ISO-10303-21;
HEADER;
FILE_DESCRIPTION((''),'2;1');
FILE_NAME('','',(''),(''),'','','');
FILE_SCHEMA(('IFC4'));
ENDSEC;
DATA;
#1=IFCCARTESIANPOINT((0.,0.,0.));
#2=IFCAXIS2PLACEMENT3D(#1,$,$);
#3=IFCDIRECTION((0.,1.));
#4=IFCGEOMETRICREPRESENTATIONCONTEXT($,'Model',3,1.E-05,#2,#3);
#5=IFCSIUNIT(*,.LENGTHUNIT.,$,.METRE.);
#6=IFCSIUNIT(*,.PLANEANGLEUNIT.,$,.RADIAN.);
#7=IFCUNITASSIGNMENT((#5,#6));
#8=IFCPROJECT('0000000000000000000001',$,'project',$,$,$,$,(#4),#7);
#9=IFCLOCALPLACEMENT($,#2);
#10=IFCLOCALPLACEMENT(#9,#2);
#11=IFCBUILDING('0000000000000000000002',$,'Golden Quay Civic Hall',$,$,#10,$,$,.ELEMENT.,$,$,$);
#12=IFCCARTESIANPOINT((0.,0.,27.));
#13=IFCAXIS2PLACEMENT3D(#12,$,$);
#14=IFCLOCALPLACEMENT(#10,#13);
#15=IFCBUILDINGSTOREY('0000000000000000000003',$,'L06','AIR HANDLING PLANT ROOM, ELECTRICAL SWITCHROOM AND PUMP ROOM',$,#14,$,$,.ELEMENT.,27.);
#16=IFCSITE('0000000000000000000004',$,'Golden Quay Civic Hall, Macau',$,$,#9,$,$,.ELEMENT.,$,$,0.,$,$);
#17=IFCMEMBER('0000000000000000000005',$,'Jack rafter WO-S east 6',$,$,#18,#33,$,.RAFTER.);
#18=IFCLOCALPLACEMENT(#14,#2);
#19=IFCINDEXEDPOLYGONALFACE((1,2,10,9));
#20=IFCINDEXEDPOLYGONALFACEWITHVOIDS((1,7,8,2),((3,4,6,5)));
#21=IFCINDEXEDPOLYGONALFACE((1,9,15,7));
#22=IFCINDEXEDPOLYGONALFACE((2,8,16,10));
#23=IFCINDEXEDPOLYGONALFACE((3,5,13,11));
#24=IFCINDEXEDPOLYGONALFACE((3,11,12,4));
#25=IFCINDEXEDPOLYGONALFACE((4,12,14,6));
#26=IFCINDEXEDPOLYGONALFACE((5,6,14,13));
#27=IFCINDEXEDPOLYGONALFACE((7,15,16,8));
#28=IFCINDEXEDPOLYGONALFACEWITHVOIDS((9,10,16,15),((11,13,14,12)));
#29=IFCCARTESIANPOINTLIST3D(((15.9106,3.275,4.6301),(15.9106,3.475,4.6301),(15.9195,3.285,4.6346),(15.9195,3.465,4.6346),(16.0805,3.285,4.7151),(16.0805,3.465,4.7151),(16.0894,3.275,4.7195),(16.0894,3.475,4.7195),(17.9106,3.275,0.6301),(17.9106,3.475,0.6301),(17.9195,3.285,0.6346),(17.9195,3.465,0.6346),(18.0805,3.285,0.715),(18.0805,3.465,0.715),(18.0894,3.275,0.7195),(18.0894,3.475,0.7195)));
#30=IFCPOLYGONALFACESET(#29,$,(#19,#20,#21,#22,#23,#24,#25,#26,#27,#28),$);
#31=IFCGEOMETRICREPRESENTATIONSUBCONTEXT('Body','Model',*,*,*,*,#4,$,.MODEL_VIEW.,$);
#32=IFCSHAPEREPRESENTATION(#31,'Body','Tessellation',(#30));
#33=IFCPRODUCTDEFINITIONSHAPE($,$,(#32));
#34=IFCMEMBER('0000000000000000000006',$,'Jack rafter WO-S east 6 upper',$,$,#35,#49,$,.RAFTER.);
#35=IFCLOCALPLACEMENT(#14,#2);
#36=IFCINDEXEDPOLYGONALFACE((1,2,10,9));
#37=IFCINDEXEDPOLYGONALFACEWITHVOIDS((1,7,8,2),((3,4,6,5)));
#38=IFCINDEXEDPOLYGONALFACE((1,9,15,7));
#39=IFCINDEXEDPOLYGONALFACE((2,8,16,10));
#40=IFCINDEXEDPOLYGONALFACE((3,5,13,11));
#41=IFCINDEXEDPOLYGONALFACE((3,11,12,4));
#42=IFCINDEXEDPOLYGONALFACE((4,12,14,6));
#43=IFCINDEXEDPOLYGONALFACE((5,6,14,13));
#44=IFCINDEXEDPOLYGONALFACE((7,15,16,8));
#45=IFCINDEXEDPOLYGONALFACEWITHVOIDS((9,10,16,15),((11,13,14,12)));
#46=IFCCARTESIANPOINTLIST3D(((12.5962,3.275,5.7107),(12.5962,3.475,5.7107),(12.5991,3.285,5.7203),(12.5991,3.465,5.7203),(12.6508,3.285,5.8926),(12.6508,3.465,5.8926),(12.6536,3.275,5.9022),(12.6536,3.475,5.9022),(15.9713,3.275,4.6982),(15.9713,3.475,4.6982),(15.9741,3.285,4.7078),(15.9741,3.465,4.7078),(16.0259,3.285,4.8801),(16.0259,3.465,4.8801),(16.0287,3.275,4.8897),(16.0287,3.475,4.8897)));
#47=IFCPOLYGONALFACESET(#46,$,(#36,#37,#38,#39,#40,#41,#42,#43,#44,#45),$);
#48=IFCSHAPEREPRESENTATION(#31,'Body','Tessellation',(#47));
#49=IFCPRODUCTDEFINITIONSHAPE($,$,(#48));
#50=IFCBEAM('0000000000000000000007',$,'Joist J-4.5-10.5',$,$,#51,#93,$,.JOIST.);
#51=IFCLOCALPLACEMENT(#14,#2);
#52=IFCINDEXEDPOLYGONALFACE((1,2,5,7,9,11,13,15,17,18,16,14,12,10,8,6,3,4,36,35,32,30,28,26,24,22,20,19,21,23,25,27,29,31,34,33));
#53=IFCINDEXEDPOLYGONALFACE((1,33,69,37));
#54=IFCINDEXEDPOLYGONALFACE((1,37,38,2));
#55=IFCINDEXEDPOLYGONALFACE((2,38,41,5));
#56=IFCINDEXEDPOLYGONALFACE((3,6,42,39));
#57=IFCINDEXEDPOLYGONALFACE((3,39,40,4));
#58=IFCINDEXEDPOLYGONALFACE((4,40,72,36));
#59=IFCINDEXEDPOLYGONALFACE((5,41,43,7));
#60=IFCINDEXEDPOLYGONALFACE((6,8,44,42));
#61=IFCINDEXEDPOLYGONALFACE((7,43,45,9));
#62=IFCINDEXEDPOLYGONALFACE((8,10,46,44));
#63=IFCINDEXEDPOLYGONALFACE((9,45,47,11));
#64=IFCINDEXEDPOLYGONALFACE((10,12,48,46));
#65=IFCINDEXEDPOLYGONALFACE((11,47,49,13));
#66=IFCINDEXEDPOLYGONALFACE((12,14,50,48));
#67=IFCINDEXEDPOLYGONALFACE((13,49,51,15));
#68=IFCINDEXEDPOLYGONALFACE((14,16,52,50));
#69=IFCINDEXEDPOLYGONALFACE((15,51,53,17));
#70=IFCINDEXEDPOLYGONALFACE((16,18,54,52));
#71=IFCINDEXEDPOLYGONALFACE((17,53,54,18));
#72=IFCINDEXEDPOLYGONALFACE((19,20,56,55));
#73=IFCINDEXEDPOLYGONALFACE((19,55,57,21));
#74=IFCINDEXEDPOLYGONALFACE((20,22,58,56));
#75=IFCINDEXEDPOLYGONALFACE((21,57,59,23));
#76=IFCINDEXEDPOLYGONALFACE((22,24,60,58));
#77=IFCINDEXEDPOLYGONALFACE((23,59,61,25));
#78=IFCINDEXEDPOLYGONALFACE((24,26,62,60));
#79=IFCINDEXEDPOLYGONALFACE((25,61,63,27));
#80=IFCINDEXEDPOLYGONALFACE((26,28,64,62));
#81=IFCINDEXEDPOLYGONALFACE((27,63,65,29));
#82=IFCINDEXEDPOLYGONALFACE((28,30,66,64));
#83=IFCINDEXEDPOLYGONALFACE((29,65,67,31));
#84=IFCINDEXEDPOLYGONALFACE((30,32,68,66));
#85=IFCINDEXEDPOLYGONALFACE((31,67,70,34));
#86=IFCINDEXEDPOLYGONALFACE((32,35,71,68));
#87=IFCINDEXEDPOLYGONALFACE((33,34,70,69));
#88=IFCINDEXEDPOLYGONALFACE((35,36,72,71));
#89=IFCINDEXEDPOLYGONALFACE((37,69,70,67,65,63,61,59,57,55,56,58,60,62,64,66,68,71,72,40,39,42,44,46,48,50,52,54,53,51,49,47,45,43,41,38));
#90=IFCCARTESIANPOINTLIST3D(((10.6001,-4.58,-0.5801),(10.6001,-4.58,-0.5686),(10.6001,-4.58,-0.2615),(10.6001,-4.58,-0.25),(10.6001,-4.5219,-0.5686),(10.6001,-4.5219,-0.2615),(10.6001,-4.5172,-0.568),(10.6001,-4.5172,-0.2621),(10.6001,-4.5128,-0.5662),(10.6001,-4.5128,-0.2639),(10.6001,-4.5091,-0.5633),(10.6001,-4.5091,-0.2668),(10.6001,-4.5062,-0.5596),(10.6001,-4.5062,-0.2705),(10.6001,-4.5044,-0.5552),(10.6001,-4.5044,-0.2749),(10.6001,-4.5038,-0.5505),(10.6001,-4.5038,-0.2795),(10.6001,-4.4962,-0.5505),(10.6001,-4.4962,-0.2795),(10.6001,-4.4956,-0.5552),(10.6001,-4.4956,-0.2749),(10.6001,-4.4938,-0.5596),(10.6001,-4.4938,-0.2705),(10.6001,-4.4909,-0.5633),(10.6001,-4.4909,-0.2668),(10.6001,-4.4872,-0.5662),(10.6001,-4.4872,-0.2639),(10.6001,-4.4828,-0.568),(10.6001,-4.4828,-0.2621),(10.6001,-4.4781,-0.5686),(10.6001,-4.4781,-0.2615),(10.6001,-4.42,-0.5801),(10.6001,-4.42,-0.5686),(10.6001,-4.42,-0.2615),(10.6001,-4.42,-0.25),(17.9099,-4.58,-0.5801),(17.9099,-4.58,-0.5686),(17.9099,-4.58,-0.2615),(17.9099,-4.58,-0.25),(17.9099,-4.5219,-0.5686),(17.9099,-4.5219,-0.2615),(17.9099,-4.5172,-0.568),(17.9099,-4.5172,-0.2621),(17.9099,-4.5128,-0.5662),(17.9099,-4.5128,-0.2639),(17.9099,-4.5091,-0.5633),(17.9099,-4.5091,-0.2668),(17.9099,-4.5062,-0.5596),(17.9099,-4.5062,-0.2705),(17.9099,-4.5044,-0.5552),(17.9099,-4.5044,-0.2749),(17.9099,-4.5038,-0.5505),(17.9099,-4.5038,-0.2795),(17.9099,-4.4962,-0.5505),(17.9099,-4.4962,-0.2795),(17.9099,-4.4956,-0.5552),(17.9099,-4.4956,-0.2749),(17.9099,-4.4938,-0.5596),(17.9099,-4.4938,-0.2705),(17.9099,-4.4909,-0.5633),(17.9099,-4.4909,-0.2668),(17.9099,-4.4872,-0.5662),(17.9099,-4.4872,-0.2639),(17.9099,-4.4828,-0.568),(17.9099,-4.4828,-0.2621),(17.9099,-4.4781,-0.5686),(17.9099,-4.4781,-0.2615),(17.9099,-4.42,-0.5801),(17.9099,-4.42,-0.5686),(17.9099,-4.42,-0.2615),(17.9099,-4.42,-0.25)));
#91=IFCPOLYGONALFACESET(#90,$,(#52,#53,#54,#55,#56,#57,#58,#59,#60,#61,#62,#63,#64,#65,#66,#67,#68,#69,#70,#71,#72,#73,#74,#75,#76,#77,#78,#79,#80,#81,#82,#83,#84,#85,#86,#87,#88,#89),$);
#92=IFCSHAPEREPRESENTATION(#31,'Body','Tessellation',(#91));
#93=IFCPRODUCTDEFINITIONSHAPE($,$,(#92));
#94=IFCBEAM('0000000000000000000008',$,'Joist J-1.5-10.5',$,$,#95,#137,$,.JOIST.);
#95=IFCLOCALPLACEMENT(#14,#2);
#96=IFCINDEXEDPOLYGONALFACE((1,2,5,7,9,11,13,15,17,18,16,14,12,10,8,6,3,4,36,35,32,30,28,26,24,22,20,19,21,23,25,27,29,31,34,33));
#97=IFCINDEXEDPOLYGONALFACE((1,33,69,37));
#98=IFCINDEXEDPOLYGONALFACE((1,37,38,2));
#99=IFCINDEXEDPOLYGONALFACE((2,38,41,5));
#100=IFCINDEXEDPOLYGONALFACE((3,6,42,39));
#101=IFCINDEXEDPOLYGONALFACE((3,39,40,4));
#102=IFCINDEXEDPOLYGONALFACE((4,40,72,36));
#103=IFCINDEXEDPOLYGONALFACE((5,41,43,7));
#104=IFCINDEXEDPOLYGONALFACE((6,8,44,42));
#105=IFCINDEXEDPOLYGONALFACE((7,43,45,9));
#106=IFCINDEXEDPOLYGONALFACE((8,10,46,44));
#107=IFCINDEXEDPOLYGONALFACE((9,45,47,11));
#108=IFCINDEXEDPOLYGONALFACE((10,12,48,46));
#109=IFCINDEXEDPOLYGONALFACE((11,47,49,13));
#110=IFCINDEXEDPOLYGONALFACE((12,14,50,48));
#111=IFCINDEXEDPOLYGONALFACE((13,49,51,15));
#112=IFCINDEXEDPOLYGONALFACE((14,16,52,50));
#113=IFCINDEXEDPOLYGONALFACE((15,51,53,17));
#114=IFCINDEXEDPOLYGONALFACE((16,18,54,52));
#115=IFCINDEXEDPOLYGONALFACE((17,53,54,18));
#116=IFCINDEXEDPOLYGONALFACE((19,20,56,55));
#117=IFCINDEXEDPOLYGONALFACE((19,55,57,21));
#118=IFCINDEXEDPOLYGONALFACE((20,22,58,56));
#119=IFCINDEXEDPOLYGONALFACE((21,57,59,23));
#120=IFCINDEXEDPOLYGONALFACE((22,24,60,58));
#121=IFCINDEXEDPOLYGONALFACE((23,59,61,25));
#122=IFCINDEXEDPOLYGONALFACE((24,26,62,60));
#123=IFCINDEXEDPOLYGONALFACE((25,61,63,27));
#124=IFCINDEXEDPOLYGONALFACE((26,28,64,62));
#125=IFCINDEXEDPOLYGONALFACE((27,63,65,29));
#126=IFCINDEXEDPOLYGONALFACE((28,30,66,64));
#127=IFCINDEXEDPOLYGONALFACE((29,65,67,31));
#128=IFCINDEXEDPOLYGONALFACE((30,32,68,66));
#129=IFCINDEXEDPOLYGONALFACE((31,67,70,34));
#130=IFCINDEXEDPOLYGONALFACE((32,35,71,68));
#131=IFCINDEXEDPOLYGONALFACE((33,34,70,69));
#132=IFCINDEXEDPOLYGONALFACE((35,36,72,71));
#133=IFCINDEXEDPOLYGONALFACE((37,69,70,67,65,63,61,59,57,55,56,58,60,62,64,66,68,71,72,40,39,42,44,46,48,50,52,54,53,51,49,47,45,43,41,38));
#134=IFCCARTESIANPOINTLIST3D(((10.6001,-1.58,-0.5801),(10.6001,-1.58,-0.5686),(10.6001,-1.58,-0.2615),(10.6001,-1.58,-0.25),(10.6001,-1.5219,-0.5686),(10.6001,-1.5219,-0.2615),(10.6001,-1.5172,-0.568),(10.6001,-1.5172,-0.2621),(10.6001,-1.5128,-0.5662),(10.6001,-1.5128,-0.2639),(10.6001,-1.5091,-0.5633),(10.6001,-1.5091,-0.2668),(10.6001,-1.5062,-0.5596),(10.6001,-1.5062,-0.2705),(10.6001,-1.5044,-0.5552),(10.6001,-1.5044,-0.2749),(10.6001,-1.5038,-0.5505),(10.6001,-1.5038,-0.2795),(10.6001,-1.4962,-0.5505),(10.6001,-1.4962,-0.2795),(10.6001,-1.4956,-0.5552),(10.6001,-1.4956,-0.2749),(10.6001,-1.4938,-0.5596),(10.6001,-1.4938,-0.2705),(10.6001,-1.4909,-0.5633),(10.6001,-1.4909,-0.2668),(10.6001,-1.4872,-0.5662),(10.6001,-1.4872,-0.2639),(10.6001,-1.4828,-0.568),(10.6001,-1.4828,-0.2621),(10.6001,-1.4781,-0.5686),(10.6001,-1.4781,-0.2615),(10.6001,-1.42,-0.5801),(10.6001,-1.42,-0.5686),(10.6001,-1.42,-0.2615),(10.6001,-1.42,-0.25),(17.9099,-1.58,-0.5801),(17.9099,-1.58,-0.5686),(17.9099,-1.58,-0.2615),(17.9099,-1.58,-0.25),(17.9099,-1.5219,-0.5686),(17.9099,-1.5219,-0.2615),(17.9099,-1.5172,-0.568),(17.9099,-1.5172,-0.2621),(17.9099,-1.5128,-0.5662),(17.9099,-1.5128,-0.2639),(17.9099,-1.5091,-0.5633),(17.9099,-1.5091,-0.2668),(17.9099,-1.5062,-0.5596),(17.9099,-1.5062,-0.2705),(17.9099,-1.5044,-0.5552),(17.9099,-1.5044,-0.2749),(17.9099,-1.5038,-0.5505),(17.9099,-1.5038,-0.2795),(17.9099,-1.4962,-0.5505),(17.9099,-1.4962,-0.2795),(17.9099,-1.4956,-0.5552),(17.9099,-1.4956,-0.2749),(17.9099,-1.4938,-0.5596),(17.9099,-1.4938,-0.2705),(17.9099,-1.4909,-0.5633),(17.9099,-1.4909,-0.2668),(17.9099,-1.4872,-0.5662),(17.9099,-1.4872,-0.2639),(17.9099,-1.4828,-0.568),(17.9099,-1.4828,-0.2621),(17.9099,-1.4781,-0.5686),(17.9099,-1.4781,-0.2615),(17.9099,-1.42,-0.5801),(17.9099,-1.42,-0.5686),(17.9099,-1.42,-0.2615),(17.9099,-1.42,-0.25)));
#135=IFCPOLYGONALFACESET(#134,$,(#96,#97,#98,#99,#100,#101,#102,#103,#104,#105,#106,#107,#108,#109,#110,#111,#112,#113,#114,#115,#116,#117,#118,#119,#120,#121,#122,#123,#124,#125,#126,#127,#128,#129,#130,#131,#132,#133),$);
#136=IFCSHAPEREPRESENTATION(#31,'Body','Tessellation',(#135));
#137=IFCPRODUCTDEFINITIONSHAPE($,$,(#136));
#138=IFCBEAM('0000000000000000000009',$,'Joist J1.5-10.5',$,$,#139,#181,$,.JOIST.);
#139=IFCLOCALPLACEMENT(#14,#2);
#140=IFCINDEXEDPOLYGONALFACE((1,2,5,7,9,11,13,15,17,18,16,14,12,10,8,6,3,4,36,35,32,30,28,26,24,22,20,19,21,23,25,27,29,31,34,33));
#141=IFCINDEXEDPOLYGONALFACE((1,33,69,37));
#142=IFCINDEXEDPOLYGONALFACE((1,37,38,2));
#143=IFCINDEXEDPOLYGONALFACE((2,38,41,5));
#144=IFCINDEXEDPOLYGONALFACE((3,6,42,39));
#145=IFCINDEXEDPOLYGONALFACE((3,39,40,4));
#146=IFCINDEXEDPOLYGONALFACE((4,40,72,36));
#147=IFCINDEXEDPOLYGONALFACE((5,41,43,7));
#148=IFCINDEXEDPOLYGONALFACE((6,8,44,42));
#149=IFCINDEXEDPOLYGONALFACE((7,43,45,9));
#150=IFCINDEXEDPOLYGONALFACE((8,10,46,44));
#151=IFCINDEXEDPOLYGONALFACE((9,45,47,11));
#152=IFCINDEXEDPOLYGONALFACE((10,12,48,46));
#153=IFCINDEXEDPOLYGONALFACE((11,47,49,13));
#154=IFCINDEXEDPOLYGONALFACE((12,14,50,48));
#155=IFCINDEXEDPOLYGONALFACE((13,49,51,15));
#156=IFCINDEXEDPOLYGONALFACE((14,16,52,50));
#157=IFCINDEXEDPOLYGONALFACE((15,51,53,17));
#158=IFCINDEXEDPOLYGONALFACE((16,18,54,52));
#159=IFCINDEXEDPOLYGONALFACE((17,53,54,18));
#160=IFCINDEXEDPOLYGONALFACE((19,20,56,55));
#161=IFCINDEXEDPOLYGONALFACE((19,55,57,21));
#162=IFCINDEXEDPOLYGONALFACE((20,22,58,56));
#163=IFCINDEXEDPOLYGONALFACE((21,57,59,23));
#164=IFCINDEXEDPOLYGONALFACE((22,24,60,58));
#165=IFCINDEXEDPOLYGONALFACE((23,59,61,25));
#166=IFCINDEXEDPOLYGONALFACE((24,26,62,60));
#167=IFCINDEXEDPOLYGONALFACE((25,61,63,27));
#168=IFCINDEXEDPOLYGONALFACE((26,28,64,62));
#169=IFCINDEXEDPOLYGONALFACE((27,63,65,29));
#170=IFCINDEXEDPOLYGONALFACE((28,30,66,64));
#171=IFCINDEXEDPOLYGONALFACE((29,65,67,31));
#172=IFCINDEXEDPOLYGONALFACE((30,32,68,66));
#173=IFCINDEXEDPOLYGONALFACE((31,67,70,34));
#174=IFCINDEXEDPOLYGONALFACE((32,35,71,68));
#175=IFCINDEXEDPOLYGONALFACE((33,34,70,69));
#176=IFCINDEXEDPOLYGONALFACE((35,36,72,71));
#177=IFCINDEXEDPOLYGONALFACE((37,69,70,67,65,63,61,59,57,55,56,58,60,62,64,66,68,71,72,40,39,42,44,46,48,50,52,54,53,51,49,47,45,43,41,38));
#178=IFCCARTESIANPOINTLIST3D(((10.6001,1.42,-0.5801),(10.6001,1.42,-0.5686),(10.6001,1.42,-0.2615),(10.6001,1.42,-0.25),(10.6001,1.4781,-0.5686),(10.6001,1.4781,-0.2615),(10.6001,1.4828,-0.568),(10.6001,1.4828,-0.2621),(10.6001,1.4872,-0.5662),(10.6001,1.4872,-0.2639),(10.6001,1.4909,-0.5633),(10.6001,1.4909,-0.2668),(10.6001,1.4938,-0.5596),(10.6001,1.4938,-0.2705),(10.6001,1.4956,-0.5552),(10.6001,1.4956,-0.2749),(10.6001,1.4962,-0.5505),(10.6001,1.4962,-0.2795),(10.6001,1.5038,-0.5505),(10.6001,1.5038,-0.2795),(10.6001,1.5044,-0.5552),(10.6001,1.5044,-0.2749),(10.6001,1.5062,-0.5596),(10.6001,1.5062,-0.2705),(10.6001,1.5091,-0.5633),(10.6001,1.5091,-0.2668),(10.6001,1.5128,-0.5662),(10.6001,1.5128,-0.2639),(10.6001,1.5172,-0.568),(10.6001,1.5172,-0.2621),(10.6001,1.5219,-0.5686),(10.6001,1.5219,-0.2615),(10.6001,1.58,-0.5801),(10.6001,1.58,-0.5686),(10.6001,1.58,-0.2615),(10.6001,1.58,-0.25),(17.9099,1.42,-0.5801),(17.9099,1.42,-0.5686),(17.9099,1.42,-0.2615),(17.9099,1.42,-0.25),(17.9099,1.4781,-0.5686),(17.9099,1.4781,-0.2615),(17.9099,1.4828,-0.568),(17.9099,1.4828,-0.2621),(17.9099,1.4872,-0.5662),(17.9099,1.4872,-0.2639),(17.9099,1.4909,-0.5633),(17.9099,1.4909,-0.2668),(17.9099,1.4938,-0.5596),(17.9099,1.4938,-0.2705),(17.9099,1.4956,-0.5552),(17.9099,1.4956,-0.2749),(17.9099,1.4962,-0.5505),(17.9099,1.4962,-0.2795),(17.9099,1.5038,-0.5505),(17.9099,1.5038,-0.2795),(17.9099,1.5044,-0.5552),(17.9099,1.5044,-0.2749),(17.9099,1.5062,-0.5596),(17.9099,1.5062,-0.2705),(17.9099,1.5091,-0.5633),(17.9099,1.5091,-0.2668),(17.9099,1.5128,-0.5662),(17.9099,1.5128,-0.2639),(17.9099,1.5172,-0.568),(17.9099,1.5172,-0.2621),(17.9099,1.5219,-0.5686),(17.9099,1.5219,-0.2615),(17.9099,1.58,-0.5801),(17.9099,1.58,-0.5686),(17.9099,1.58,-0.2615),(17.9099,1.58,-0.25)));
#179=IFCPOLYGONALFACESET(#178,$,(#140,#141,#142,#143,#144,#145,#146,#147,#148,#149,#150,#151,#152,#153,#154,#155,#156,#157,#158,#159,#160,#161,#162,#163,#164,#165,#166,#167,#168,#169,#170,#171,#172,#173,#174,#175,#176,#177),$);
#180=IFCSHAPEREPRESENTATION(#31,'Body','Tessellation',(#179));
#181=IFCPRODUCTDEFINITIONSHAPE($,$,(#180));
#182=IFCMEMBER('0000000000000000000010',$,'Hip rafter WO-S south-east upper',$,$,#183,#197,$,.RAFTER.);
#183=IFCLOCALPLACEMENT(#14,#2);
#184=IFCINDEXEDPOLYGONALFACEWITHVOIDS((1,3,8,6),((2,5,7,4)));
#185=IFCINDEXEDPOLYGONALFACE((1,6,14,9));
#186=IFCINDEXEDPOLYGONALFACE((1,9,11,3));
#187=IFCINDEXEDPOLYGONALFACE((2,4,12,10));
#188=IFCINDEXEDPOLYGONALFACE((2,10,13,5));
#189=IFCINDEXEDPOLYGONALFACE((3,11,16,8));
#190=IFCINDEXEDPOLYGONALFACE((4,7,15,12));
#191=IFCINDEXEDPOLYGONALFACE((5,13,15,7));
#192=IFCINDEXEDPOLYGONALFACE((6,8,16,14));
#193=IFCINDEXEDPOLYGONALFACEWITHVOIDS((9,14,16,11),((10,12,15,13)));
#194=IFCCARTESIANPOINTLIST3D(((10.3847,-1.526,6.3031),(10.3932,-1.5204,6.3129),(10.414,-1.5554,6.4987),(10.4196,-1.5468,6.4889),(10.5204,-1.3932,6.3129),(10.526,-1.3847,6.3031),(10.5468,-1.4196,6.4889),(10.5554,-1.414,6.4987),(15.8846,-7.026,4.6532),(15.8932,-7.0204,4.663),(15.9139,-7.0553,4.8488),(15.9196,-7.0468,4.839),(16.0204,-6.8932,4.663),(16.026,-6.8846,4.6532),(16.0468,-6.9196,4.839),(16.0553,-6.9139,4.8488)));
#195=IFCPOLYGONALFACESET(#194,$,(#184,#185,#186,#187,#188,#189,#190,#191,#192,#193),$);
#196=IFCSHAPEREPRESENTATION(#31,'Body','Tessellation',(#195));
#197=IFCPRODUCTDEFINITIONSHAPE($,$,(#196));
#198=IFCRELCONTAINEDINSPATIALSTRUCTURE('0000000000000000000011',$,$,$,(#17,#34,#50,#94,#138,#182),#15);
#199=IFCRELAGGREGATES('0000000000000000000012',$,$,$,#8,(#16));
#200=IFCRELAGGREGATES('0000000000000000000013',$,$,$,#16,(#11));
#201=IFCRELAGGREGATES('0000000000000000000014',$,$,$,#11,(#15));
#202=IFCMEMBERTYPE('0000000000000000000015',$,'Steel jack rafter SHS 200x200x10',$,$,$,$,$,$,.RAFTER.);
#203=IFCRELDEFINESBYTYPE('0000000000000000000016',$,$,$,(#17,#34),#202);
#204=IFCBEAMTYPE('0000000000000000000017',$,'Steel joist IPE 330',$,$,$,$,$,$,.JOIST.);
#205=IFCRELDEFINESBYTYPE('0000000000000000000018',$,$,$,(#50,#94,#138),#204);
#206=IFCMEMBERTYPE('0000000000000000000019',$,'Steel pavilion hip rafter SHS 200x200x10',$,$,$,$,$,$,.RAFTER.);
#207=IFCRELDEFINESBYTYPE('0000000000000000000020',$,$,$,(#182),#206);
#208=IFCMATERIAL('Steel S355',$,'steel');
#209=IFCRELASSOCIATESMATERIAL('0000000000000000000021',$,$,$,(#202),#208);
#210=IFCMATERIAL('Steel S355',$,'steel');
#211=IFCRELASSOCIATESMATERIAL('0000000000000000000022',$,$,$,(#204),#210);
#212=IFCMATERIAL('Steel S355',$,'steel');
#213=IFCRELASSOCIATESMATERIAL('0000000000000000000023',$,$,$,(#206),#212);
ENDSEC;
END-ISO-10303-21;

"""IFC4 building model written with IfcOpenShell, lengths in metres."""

from ifc_helpers import new_model, si_unit, direction, frame, origin, origin_2d, place, context, subcontext, project, spatial, hollow_rectangle, i_section, extrude, material, material_profile, profile_set, type_object, element, save


model = new_model("IFC4")

# Units and contexts
model_context = context("Model", 3, precision=1e-05, world=origin(), true_north=direction((0.0, 1.0)))
body_context = subcontext(model_context, "Body", "Model", "MODEL_VIEW")
ifc_project = project(units=[si_unit("LENGTHUNIT", "METRE"), si_unit("PLANEANGLEUNIT", "RADIAN")], contexts=[model_context])

# Site, building, storey
site_placement = place(None, origin())
site = spatial("IfcSite", under=ifc_project, at=site_placement, Name="Golden Quay Civic Hall, Macau", CompositionType="ELEMENT", RefElevation=0.0)
building_placement = place(site_placement, origin())
building = spatial("IfcBuilding", under=site, at=building_placement, Name="Golden Quay Civic Hall", CompositionType="ELEMENT")
storey_placement = place(building_placement, frame((0.0, 0.0, 27.0)))
storey = spatial("IfcBuildingStorey", under=building, at=storey_placement, Name="L06", Description="AIR HANDLING PLANT ROOM, ELECTRICAL SWITCHROOM AND PUMP ROOM", CompositionType="ELEMENT", Elevation=27.0)

# Members
ifc_material_1 = material(Name="Steel S355", Category="steel")
ifc_material_profile_1 = material_profile(ifc_material_1, hollow_rectangle(XDim=0.2, YDim=0.2, WallThickness=0.01, at=origin_2d()), Name="SHS 200x200x10")
ifc_profile_set_1 = profile_set([ifc_material_profile_1], Name="Steel S355")
member_type_1 = type_object("IfcMemberType", Name="Steel jack rafter SHS 200x200x10", PredefinedType="RAFTER", material=ifc_profile_set_1)
member_1_placement = place(storey_placement, frame((18.0, 3.375, 0.6748), z_axis=(-0.447214, 0.0, 0.894427), x_axis=(0.0, -1.0, 0.0)))
element("IfcMember", 1, at=member_1_placement, inside=storey, type_object=member_type_1, Name="Jack rafter WO-S east 6", PredefinedType="RAFTER", context=body_context, shape_type="SweptSolid", body=[
    extrude(hollow_rectangle(XDim=0.2, YDim=0.2, WallThickness=0.01, at=origin_2d()), origin(), (0.0, 0.0, 1.0), 4.4722),
])
member_2_placement = place(storey_placement, frame((16.0, 3.375, 4.7939), z_axis=(-0.95783, 0.0, 0.287335), x_axis=(0.0, -1.0, 0.0)))
element("IfcMember", 2, at=member_2_placement, inside=storey, type_object=member_type_1, Name="Jack rafter WO-S east 6 upper", PredefinedType="RAFTER", context=body_context, shape_type="SweptSolid", body=[
    extrude(hollow_rectangle(XDim=0.2, YDim=0.2, WallThickness=0.01, at=origin_2d()), origin(), (0.0, 0.0, 1.0), 3.5237),
])

# Beams
ifc_material_2 = material(Name="Steel S355", Category="steel")
ifc_material_profile_2 = material_profile(ifc_material_2, i_section(OverallWidth=0.1599, OverallDepth=0.3301, WebThickness=0.0076, FlangeThickness=0.0115, FilletRadius=0.0181, at=origin_2d()), Name="IPE 330")
ifc_profile_set_2 = profile_set([ifc_material_profile_2], Name="Steel S355")
beam_type_1 = type_object("IfcBeamType", Name="Steel joist IPE 330", PredefinedType="JOIST", material=ifc_profile_set_2)
for number, where, z_axis, x_axis, name in (
    (3, (10.6001, -4.5, -0.415), (1.0, 0.0, 0.0), (0.0, 1.0, 0.0), "Joist J-4.5-10.5"),
    (4, (10.6001, -1.5, -0.415), (1.0, 0.0, 0.0), (0.0, 1.0, 0.0), "Joist J-1.5-10.5"),
    (5, (10.6001, 1.5, -0.415), (1.0, 0.0, 0.0), (0.0, 1.0, 0.0), "Joist J1.5-10.5"),
):
    element("IfcBeam", number, at=place(storey_placement, frame(where, z_axis=z_axis, x_axis=x_axis)), inside=storey, type_object=beam_type_1, Name=name, PredefinedType="JOIST", context=body_context, shape_type="SweptSolid", body=[
        extrude(i_section(OverallWidth=0.1599, OverallDepth=0.3301, WebThickness=0.0076, FlangeThickness=0.0115, FilletRadius=0.0181, at=origin_2d()), origin(), (0.0, 0.0, 1.0), 7.3098),
    ])

# Member
ifc_material_3 = material(Name="Steel S355", Category="steel")
ifc_material_profile_3 = material_profile(ifc_material_3, hollow_rectangle(XDim=0.2, YDim=0.2, WallThickness=0.01, at=origin_2d()), Name="SHS 200x200x10")
ifc_profile_set_3 = profile_set([ifc_material_profile_3], Name="Steel S355")
member_type_2 = type_object("IfcMemberType", Name="Steel pavilion hip rafter SHS 200x200x10", PredefinedType="RAFTER", material=ifc_profile_set_3)
member_3_placement = place(storey_placement, frame((15.97, -6.97, 4.751), z_axis=(-0.691716, 0.691716, 0.207503), x_axis=(-0.707107, -0.707107, 0.0)))
element("IfcMember", 6, at=member_3_placement, inside=storey, type_object=member_type_2, Name="Hip rafter WO-S south-east upper", PredefinedType="RAFTER", context=body_context, shape_type="SweptSolid", body=[
    extrude(hollow_rectangle(XDim=0.2, YDim=0.2, WallThickness=0.01, at=origin_2d()), origin(), (0.0, 0.0, 1.0), 7.9512),
])

save(model, "model.ifc")
